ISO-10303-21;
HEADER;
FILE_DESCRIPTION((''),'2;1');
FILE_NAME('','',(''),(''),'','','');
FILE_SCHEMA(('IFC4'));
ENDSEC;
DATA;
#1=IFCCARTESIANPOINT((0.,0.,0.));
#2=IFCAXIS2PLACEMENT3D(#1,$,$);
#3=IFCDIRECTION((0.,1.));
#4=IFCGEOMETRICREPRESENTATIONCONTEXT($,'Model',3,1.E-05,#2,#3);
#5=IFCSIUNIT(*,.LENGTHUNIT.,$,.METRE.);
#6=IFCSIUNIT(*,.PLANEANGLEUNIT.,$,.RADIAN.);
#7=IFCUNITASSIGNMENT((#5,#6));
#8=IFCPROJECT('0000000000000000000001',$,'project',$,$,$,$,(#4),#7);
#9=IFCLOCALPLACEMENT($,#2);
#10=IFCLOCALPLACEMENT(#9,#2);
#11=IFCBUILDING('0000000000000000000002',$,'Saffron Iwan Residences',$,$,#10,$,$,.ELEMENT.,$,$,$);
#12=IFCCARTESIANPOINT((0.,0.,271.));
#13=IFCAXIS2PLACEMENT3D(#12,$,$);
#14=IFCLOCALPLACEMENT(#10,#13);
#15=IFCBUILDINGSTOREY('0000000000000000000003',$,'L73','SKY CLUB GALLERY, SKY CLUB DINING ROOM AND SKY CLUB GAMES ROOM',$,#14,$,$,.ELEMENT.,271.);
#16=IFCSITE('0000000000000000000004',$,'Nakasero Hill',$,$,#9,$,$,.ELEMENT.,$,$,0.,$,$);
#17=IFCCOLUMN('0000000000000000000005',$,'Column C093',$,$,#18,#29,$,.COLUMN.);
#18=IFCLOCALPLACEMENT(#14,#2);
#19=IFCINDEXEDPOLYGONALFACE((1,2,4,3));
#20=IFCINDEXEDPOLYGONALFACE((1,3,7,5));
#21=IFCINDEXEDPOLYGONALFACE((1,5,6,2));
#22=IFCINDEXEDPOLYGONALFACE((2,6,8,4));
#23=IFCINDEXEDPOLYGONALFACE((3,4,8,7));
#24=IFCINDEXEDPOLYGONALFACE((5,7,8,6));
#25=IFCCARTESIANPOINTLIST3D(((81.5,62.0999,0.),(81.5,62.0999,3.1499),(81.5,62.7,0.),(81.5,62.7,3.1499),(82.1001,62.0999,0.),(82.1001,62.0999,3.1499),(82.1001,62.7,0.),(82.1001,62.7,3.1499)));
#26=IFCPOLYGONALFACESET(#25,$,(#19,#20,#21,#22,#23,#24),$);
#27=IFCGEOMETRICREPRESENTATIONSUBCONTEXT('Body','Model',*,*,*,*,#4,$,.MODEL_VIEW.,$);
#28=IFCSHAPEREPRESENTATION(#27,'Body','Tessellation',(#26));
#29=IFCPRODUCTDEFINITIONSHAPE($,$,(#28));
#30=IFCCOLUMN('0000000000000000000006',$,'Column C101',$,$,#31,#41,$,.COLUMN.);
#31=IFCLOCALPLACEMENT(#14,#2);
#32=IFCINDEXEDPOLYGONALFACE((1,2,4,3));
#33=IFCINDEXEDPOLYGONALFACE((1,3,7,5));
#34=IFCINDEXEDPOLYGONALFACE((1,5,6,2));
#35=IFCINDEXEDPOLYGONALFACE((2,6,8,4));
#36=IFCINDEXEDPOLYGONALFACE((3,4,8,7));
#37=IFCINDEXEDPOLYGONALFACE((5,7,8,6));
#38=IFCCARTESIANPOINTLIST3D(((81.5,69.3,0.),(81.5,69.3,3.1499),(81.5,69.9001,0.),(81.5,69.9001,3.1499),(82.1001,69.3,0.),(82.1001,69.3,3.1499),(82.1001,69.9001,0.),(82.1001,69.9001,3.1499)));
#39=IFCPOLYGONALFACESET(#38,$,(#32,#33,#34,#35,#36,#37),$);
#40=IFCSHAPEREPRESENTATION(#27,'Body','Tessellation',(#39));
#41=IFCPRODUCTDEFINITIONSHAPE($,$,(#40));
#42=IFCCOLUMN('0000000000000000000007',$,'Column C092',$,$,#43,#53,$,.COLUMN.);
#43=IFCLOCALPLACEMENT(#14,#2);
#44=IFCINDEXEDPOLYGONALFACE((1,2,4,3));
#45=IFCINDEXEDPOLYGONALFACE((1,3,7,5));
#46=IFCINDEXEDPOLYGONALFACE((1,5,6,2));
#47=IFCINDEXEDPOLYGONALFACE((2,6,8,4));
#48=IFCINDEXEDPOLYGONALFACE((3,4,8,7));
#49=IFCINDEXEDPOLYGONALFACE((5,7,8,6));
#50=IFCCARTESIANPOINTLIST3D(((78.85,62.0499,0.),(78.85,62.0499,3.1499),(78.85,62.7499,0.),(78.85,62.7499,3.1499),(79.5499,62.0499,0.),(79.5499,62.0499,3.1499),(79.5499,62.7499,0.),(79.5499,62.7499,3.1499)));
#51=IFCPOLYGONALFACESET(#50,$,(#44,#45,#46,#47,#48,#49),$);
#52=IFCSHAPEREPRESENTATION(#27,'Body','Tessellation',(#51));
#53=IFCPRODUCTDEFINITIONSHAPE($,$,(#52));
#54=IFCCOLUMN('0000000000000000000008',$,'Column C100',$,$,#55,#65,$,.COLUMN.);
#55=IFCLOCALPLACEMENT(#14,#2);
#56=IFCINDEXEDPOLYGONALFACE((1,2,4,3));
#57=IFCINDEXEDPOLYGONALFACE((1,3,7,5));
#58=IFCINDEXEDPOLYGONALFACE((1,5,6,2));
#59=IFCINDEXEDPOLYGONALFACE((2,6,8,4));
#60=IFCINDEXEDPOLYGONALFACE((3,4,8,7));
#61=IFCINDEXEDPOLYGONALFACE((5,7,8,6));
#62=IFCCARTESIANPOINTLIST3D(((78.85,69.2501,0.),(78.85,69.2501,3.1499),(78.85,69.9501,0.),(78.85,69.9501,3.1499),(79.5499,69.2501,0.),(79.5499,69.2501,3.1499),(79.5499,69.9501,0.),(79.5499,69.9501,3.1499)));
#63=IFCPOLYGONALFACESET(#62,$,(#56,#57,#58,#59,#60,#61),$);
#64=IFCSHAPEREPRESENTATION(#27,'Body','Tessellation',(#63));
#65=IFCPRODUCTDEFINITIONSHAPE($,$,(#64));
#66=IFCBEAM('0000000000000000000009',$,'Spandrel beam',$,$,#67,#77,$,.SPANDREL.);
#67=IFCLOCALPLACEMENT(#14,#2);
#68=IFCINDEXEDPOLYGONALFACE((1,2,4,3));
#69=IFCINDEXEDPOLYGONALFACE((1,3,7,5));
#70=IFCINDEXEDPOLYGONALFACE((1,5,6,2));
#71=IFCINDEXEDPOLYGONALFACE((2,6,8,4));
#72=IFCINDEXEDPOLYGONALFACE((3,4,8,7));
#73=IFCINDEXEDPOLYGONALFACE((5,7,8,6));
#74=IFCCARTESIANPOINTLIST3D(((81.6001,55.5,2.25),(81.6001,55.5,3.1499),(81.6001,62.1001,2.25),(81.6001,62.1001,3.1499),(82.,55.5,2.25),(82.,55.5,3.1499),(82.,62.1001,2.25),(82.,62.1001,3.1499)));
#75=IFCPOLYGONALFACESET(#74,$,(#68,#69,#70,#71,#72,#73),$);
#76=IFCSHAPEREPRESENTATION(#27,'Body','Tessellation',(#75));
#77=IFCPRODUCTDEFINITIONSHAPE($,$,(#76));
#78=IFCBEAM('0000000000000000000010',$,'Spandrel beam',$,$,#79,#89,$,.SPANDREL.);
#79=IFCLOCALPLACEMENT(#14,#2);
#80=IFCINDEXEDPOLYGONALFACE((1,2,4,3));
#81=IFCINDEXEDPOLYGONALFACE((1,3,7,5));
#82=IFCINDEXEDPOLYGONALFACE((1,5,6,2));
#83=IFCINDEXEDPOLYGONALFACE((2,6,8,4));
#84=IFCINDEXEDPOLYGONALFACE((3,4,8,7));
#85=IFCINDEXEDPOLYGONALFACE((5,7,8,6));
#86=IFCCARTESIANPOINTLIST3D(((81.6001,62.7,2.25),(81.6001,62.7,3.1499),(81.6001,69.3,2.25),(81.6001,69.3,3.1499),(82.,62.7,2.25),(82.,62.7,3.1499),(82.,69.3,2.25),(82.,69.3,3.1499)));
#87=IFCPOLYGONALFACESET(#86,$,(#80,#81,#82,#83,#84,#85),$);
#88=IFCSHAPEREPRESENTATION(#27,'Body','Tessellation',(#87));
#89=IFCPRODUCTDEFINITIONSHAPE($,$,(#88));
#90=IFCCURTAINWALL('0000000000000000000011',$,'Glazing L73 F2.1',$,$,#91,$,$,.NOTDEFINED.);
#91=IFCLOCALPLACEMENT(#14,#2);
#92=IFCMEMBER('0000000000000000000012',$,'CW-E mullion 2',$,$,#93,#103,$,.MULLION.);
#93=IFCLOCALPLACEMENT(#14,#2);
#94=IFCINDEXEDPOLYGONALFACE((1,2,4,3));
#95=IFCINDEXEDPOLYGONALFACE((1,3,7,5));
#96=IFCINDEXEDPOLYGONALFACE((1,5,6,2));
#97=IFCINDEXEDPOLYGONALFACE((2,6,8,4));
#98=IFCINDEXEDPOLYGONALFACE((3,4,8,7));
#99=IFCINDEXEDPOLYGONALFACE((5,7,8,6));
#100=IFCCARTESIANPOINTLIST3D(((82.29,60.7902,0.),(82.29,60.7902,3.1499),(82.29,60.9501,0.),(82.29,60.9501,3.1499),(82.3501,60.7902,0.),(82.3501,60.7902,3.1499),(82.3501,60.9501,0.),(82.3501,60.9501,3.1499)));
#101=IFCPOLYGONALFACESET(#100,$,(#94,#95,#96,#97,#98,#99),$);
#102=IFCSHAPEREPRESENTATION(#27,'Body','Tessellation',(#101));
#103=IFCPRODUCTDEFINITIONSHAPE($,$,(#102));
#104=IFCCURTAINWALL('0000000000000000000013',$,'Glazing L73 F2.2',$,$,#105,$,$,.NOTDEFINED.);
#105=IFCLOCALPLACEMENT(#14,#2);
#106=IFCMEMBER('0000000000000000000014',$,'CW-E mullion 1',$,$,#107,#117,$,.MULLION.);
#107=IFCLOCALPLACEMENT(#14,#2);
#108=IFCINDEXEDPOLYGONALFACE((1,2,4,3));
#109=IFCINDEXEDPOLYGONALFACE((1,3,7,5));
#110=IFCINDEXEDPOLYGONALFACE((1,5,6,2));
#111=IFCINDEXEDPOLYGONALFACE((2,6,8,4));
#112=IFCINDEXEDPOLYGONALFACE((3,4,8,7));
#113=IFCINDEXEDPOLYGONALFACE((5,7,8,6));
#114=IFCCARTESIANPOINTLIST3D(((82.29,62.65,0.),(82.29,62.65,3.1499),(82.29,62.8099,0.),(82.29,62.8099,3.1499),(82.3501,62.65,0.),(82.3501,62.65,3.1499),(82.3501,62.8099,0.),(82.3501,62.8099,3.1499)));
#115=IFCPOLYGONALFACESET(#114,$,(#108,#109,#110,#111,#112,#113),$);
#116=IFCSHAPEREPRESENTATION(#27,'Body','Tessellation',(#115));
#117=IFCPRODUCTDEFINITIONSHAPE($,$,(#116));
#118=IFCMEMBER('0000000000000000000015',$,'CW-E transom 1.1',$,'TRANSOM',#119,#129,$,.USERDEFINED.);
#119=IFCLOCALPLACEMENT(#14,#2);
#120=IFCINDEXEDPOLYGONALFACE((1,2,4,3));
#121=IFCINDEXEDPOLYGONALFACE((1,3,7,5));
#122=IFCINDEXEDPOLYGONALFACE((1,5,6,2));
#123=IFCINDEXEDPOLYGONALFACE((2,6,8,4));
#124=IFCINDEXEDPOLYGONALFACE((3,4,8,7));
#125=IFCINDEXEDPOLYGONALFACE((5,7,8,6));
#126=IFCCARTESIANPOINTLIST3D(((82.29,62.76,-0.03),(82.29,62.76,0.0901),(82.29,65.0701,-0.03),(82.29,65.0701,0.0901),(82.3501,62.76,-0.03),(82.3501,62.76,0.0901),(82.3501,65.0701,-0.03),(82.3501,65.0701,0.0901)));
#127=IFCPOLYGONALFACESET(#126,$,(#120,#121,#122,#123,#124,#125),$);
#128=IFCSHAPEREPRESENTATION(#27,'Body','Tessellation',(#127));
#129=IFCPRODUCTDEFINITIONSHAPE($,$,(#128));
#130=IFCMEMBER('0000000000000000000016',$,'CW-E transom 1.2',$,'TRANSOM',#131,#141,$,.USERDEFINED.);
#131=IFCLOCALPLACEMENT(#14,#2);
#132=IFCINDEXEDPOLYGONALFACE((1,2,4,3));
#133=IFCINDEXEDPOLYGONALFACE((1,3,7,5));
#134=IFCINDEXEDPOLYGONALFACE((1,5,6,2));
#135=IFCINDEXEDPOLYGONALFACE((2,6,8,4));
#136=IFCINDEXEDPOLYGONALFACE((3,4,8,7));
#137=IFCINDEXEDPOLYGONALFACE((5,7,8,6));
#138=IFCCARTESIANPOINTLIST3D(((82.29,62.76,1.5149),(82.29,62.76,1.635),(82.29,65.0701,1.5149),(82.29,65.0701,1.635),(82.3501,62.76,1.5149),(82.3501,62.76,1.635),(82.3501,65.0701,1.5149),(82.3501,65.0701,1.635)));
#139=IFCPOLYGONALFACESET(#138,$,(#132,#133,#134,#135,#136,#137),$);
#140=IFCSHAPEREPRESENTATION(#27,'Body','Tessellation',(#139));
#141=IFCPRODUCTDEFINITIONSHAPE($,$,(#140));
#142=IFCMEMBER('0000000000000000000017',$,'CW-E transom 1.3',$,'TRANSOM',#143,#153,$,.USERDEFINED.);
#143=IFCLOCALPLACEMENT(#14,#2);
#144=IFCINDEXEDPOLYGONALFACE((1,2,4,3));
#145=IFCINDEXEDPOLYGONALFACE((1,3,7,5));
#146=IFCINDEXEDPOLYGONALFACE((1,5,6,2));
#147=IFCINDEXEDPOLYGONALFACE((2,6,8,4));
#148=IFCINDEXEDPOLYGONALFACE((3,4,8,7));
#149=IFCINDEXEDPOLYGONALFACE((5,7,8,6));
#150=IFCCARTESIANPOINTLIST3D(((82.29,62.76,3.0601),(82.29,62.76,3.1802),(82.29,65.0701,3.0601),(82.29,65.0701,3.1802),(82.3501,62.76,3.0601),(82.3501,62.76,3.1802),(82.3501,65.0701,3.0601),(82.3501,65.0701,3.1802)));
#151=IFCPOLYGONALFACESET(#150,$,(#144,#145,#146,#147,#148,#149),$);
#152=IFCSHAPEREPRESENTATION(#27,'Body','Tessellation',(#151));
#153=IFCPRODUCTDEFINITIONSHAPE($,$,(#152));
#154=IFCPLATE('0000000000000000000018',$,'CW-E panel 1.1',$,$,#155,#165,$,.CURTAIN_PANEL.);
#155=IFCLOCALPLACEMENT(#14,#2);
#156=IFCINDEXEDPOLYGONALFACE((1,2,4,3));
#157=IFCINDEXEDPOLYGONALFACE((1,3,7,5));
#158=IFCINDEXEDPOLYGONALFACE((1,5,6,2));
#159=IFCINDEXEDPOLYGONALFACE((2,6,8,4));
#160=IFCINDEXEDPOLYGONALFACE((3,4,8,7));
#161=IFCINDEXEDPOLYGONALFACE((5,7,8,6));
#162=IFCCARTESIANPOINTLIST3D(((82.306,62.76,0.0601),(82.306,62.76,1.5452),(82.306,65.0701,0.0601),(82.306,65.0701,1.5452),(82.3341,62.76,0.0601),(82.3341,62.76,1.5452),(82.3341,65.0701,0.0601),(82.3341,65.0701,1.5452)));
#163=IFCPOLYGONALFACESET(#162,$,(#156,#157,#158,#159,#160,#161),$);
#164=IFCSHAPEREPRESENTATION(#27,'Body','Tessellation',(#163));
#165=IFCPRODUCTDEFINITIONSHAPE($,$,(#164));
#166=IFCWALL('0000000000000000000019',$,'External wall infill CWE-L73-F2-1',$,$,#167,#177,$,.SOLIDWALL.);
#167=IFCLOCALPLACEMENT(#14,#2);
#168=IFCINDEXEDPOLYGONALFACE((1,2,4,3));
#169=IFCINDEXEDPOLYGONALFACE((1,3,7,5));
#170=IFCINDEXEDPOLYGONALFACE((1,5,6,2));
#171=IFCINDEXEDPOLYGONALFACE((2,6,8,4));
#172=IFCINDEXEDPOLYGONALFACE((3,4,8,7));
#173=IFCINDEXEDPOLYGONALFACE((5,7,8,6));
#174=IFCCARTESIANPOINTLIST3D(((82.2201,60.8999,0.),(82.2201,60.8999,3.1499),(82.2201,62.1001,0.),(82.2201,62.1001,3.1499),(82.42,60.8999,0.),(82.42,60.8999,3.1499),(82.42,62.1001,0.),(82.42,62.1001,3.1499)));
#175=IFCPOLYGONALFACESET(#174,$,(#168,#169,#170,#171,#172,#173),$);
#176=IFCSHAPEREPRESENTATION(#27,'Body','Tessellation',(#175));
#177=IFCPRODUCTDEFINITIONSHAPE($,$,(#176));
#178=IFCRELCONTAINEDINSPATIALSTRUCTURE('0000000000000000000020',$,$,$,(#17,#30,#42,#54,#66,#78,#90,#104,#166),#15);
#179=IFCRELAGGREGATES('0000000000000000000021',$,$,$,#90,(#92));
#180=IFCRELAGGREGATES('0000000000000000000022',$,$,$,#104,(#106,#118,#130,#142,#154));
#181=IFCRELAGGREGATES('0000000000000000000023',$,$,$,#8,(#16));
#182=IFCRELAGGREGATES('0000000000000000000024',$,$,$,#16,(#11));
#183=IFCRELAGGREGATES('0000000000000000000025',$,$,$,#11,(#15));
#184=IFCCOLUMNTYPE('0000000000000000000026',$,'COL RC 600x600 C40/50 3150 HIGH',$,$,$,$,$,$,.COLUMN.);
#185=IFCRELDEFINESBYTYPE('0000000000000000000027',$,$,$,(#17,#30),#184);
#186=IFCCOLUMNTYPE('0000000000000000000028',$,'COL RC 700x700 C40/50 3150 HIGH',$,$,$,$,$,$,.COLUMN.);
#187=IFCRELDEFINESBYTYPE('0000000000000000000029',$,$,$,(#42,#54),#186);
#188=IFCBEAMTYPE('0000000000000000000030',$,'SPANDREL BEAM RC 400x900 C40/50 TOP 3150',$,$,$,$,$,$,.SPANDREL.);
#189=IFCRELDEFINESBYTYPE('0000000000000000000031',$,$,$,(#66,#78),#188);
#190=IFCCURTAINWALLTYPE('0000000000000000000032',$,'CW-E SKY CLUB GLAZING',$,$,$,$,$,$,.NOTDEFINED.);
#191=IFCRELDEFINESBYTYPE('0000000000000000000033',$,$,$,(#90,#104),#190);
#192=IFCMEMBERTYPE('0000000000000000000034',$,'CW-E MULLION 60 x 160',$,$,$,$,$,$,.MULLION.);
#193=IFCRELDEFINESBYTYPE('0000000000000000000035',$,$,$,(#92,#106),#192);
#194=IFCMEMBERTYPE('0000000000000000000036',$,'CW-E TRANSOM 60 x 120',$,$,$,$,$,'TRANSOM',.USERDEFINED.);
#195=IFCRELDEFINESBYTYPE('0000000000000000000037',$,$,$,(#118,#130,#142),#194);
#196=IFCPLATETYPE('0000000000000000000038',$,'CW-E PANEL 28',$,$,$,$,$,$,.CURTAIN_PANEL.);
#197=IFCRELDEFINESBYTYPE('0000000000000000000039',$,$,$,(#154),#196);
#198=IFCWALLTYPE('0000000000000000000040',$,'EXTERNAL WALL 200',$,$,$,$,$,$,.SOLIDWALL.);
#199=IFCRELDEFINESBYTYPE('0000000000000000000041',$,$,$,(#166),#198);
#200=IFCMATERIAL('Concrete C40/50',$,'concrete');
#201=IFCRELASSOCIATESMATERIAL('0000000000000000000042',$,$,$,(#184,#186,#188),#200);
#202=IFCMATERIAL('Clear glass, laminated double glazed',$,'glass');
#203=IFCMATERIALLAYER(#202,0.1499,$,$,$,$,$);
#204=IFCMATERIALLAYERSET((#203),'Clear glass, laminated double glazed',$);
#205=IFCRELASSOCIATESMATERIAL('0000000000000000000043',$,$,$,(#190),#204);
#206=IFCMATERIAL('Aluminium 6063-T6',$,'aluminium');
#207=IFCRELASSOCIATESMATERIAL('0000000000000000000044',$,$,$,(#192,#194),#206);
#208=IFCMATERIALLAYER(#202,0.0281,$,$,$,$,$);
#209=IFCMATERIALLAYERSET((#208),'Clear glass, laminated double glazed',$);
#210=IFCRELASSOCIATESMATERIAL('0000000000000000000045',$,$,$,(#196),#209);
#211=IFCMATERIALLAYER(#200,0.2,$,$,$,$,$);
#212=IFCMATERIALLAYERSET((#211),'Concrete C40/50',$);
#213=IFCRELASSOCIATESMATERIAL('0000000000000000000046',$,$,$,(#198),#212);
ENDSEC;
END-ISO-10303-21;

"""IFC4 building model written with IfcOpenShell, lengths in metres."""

from ifc_helpers import new_model, si_unit, direction, frame, frame_2d, origin, origin_2d, place, context, subcontext, project, spatial, rectangle, extrude, source, transform, mapped, material, layer, layer_set, material_profile, profile_set, type_object, element, aggregate, save


model = new_model("IFC4")

# Units and contexts
model_context = context("Model", 3, precision=1e-05, world=origin(), true_north=direction((0.0, 1.0)))
body_context = subcontext(model_context, "Body", "Model", "MODEL_VIEW")
ifc_project = project(units=[si_unit("LENGTHUNIT", "METRE"), si_unit("PLANEANGLEUNIT", "RADIAN")], contexts=[model_context])

# Site, building, storey
site_placement = place(None, origin())
site = spatial("IfcSite", under=ifc_project, at=site_placement, Name="Nakasero Hill", CompositionType="ELEMENT", RefElevation=0.0)
building_placement = place(site_placement, origin())
building = spatial("IfcBuilding", under=site, at=building_placement, Name="Saffron Iwan Residences", CompositionType="ELEMENT")
storey_placement = place(building_placement, frame((0.0, 0.0, 271.0)))
storey = spatial("IfcBuildingStorey", under=building, at=storey_placement, Name="L73", Description="SKY CLUB GALLERY, SKY CLUB DINING ROOM AND SKY CLUB GAMES ROOM", CompositionType="ELEMENT", Elevation=271.0)

# Columns
ifc_material_1 = material(Name="Concrete C40/50", Category="concrete")
ifc_material_profile_1 = material_profile(ifc_material_1, rectangle(XDim=0.6001, YDim=0.6001, at=origin_2d()), Name="RC 600x600")
ifc_profile_set_1 = profile_set([ifc_material_profile_1], Name="Concrete C40/50")
column_type_1 = type_object("IfcColumnType", Name="COL RC 600x600 C40/50 3150 HIGH", PredefinedType="COLUMN", material=ifc_profile_set_1)
shared_shape_1 = source(origin(), body_context, "Body", "SweptSolid", [
    extrude(rectangle(XDim=0.6001, YDim=0.6001, at=origin_2d()), origin(), (0.0, 0.0, 1.0), 3.1499),
])
for number, where, z_axis, x_axis, name in (
    (1, (81.8, 62.3999, 0.0), (0.0, 0.0, 1.0), (1.0, 0.0, 0.0), "Column C093"),
    (2, (81.8, 69.6001, 0.0), (0.0, 0.0, 1.0), (1.0, 0.0, 0.0), "Column C101"),
):
    element("IfcColumn", number, at=place(storey_placement, frame(where, z_axis=z_axis, x_axis=x_axis)), inside=storey, type_object=column_type_1, Name=name, PredefinedType="COLUMN", context=body_context, shape_type="MappedRepresentation", body=[
        mapped(shared_shape_1, transform((0.0, 0.0, 0.0))),
    ])
ifc_material_profile_2 = material_profile(ifc_material_1, rectangle(XDim=0.7, YDim=0.7, at=origin_2d()), Name="RC 700x700")
ifc_profile_set_2 = profile_set([ifc_material_profile_2], Name="Concrete C40/50")
column_type_2 = type_object("IfcColumnType", Name="COL RC 700x700 C40/50 3150 HIGH", PredefinedType="COLUMN", material=ifc_profile_set_2)
shared_shape_2 = source(origin(), body_context, "Body", "SweptSolid", [
    extrude(rectangle(XDim=0.7, YDim=0.7, at=origin_2d()), origin(), (0.0, 0.0, 1.0), 3.1499),
])
for number, where, z_axis, x_axis, name in (
    (3, (79.2, 62.3999, 0.0), (0.0, 0.0, 1.0), (1.0, 0.0, 0.0), "Column C092"),
    (4, (79.2, 69.6001, 0.0), (0.0, 0.0, 1.0), (1.0, 0.0, 0.0), "Column C100"),
):
    element("IfcColumn", number, at=place(storey_placement, frame(where, z_axis=z_axis, x_axis=x_axis)), inside=storey, type_object=column_type_2, Name=name, PredefinedType="COLUMN", context=body_context, shape_type="MappedRepresentation", body=[
        mapped(shared_shape_2, transform((0.0, 0.0, 0.0))),
    ])

# Beams
ifc_material_profile_3 = material_profile(ifc_material_1, rectangle(XDim=0.3999, YDim=0.8999, at=origin_2d()), Name="RC 400x900")
ifc_profile_set_3 = profile_set([ifc_material_profile_3], Name="Concrete C40/50")
beam_type = type_object("IfcBeamType", Name="SPANDREL BEAM RC 400x900 C40/50 TOP 3150", PredefinedType="SPANDREL", material=ifc_profile_set_3)
shared_shape_3 = source(origin(), body_context, "Body", "SweptSolid", [
    extrude(rectangle(XDim=0.3999, YDim=0.8999, at=origin_2d()), origin(), (0.0, 0.0, 1.0), 6.6001),
])
for number, where, z_axis, x_axis, name in (
    (5, (81.8, 62.1001, 2.7), (0.0, -1.0, 0.0), (1.0, 0.0, 0.0), "Spandrel beam"),
    (6, (81.8, 69.3, 2.7), (0.0, -1.0, 0.0), (1.0, 0.0, 0.0), "Spandrel beam"),
):
    element("IfcBeam", number, at=place(storey_placement, frame(where, z_axis=z_axis, x_axis=x_axis)), inside=storey, type_object=beam_type, Name=name, PredefinedType="SPANDREL", context=body_context, shape_type="MappedRepresentation", body=[
        mapped(shared_shape_3, transform((0.0, 0.0, 0.0))),
    ])

# Curtain wall, member
ifc_material_2 = material(Name="Clear glass, laminated double glazed", Category="glass")
ifc_layer_1 = layer(ifc_material_2, 0.1499)
ifc_layer_set_1 = layer_set([ifc_layer_1], Name="Clear glass, laminated double glazed")
curtain_wall_type = type_object("IfcCurtainWallType", Name="CW-E SKY CLUB GLAZING", PredefinedType="NOTDEFINED", material=ifc_layer_set_1)
curtain_wall_1_placement = place(storey_placement, origin())
curtain_wall_1 = element("IfcCurtainWall", 7, at=curtain_wall_1_placement, inside=storey, type_object=curtain_wall_type, Name="Glazing L73 F2.1", PredefinedType="NOTDEFINED")
ifc_material_3 = material(Name="Aluminium 6063-T6", Category="aluminium")
ifc_material_profile_4 = material_profile(ifc_material_3, rectangle(XDim=0.0601, YDim=0.1599, at=origin_2d()), Name="CW-E MULLION 60 x 160")
ifc_profile_set_4 = profile_set([ifc_material_profile_4], Name="Aluminium 6063-T6")
member_type_1 = type_object("IfcMemberType", Name="CW-E MULLION 60 x 160", PredefinedType="MULLION", material=ifc_profile_set_4)
shared_shape_4 = source(origin(), body_context, "Body", "SweptSolid", [
    extrude(rectangle(XDim=0.0601, YDim=0.1599, at=origin_2d()), origin(), (0.0, 0.0, 1.0), 3.1499),
])
member_1_placement = place(storey_placement, frame((82.3201, 60.8701, 0.0), z_axis=(0.0, 0.0, 1.0), x_axis=(-1.0, 0.0, 0.0)))
member_1 = element("IfcMember", 8, at=member_1_placement, type_object=member_type_1, Name="CW-E mullion 2", PredefinedType="MULLION", context=body_context, shape_type="MappedRepresentation", body=[
    mapped(shared_shape_4, transform((0.0, 0.0, 0.0))),
])
aggregate(curtain_wall_1, [member_1])

# Curtain wall, members, plate
curtain_wall_2_placement = place(storey_placement, origin())
curtain_wall_2 = element("IfcCurtainWall", 9, at=curtain_wall_2_placement, inside=storey, type_object=curtain_wall_type, Name="Glazing L73 F2.2", PredefinedType="NOTDEFINED")
member_2_placement = place(storey_placement, frame((82.3201, 62.73, 0.0), z_axis=(0.0, 0.0, 1.0), x_axis=(-1.0, 0.0, 0.0)))
member_2 = element("IfcMember", 10, at=member_2_placement, type_object=member_type_1, Name="CW-E mullion 1", PredefinedType="MULLION", context=body_context, shape_type="MappedRepresentation", body=[
    mapped(shared_shape_4, transform((0.0, 0.0, 0.0))),
])
ifc_material_profile_5 = material_profile(ifc_material_3, rectangle(XDim=0.0601, YDim=0.1201, at=origin_2d()), Name="CW-E TRANSOM 60 x 120")
ifc_profile_set_5 = profile_set([ifc_material_profile_5], Name="Aluminium 6063-T6")
member_type_2 = type_object("IfcMemberType", Name="CW-E TRANSOM 60 x 120", ElementType="TRANSOM", PredefinedType="USERDEFINED", material=ifc_profile_set_5)
shared_shape_5 = source(origin(), body_context, "Body", "SweptSolid", [
    extrude(rectangle(XDim=0.0601, YDim=0.1201, at=origin_2d()), origin(), (0.0, 0.0, 1.0), 2.3101),
])
member_3_placement = place(storey_placement, frame((82.3201, 62.76, 0.03), z_axis=(0.0, 1.0, 0.0), x_axis=(-1.0, 0.0, 0.0)))
member_3 = element("IfcMember", 11, at=member_3_placement, type_object=member_type_2, Name="CW-E transom 1.1", ObjectType="TRANSOM", PredefinedType="USERDEFINED", context=body_context, shape_type="MappedRepresentation", body=[
    mapped(shared_shape_5, transform((0.0, 0.0, 0.0))),
])
member_4_placement = place(storey_placement, frame((82.3201, 62.76, 1.575), z_axis=(0.0, 1.0, 0.0), x_axis=(-1.0, 0.0, 0.0)))
member_4 = element("IfcMember", 12, at=member_4_placement, type_object=member_type_2, Name="CW-E transom 1.2", ObjectType="TRANSOM", PredefinedType="USERDEFINED", context=body_context, shape_type="MappedRepresentation", body=[
    mapped(shared_shape_5, transform((0.0, 0.0, 0.0))),
])
member_5_placement = place(storey_placement, frame((82.3201, 62.76, 3.1201), z_axis=(0.0, 1.0, 0.0), x_axis=(-1.0, 0.0, 0.0)))
member_5 = element("IfcMember", 13, at=member_5_placement, type_object=member_type_2, Name="CW-E transom 1.3", ObjectType="TRANSOM", PredefinedType="USERDEFINED", context=body_context, shape_type="MappedRepresentation", body=[
    mapped(shared_shape_5, transform((0.0, 0.0, 0.0))),
])
ifc_layer_2 = layer(ifc_material_2, 0.0281)
ifc_layer_set_2 = layer_set([ifc_layer_2], Name="Clear glass, laminated double glazed")
plate_type = type_object("IfcPlateType", Name="CW-E PANEL 28", PredefinedType="CURTAIN_PANEL", material=ifc_layer_set_2)
shared_shape_6 = source(origin(), body_context, "Body", "SweptSolid", [
    extrude(rectangle(XDim=2.3101, YDim=0.0281, at=origin_2d()), origin(), (0.0, 0.0, 1.0), 1.4851),
])
plate_placement = place(storey_placement, frame((82.3201, 63.915, 0.0601), z_axis=(0.0, 0.0, 1.0), x_axis=(0.0, 1.0, 0.0)))
plate = element("IfcPlate", 14, at=plate_placement, type_object=plate_type, Name="CW-E panel 1.1", PredefinedType="CURTAIN_PANEL", context=body_context, shape_type="MappedRepresentation", body=[
    mapped(shared_shape_6, transform((0.0, 0.0, 0.0))),
])
aggregate(curtain_wall_2, [member_2, member_3, member_4, member_5, plate])

# Shared definitions
ifc_layer_3 = layer(ifc_material_1, 0.2)
ifc_layer_set_3 = layer_set([ifc_layer_3], Name="Concrete C40/50")
wall_type_1 = type_object("IfcWallType", Name="EXTERNAL WALL 200", PredefinedType="SOLIDWALL", material=ifc_layer_set_3)

# Wall
wall_1_placement = place(storey_placement, frame((82.3201, 60.8999, 0.0), z_axis=(0.0, 0.0, 1.0), x_axis=(0.0, 1.0, 0.0)))
element("IfcWall", 15, at=wall_1_placement, inside=storey, type_object=wall_type_1, Name="External wall infill CWE-L73-F2-1", PredefinedType="SOLIDWALL", context=body_context, shape_type="SweptSolid", body=[
    extrude(rectangle(XDim=1.2002, YDim=0.2, at=frame_2d((0.6001, 0.0))), origin(), (0.0, 0.0, 1.0), 3.1499),
])

save(model, "model.ifc")
